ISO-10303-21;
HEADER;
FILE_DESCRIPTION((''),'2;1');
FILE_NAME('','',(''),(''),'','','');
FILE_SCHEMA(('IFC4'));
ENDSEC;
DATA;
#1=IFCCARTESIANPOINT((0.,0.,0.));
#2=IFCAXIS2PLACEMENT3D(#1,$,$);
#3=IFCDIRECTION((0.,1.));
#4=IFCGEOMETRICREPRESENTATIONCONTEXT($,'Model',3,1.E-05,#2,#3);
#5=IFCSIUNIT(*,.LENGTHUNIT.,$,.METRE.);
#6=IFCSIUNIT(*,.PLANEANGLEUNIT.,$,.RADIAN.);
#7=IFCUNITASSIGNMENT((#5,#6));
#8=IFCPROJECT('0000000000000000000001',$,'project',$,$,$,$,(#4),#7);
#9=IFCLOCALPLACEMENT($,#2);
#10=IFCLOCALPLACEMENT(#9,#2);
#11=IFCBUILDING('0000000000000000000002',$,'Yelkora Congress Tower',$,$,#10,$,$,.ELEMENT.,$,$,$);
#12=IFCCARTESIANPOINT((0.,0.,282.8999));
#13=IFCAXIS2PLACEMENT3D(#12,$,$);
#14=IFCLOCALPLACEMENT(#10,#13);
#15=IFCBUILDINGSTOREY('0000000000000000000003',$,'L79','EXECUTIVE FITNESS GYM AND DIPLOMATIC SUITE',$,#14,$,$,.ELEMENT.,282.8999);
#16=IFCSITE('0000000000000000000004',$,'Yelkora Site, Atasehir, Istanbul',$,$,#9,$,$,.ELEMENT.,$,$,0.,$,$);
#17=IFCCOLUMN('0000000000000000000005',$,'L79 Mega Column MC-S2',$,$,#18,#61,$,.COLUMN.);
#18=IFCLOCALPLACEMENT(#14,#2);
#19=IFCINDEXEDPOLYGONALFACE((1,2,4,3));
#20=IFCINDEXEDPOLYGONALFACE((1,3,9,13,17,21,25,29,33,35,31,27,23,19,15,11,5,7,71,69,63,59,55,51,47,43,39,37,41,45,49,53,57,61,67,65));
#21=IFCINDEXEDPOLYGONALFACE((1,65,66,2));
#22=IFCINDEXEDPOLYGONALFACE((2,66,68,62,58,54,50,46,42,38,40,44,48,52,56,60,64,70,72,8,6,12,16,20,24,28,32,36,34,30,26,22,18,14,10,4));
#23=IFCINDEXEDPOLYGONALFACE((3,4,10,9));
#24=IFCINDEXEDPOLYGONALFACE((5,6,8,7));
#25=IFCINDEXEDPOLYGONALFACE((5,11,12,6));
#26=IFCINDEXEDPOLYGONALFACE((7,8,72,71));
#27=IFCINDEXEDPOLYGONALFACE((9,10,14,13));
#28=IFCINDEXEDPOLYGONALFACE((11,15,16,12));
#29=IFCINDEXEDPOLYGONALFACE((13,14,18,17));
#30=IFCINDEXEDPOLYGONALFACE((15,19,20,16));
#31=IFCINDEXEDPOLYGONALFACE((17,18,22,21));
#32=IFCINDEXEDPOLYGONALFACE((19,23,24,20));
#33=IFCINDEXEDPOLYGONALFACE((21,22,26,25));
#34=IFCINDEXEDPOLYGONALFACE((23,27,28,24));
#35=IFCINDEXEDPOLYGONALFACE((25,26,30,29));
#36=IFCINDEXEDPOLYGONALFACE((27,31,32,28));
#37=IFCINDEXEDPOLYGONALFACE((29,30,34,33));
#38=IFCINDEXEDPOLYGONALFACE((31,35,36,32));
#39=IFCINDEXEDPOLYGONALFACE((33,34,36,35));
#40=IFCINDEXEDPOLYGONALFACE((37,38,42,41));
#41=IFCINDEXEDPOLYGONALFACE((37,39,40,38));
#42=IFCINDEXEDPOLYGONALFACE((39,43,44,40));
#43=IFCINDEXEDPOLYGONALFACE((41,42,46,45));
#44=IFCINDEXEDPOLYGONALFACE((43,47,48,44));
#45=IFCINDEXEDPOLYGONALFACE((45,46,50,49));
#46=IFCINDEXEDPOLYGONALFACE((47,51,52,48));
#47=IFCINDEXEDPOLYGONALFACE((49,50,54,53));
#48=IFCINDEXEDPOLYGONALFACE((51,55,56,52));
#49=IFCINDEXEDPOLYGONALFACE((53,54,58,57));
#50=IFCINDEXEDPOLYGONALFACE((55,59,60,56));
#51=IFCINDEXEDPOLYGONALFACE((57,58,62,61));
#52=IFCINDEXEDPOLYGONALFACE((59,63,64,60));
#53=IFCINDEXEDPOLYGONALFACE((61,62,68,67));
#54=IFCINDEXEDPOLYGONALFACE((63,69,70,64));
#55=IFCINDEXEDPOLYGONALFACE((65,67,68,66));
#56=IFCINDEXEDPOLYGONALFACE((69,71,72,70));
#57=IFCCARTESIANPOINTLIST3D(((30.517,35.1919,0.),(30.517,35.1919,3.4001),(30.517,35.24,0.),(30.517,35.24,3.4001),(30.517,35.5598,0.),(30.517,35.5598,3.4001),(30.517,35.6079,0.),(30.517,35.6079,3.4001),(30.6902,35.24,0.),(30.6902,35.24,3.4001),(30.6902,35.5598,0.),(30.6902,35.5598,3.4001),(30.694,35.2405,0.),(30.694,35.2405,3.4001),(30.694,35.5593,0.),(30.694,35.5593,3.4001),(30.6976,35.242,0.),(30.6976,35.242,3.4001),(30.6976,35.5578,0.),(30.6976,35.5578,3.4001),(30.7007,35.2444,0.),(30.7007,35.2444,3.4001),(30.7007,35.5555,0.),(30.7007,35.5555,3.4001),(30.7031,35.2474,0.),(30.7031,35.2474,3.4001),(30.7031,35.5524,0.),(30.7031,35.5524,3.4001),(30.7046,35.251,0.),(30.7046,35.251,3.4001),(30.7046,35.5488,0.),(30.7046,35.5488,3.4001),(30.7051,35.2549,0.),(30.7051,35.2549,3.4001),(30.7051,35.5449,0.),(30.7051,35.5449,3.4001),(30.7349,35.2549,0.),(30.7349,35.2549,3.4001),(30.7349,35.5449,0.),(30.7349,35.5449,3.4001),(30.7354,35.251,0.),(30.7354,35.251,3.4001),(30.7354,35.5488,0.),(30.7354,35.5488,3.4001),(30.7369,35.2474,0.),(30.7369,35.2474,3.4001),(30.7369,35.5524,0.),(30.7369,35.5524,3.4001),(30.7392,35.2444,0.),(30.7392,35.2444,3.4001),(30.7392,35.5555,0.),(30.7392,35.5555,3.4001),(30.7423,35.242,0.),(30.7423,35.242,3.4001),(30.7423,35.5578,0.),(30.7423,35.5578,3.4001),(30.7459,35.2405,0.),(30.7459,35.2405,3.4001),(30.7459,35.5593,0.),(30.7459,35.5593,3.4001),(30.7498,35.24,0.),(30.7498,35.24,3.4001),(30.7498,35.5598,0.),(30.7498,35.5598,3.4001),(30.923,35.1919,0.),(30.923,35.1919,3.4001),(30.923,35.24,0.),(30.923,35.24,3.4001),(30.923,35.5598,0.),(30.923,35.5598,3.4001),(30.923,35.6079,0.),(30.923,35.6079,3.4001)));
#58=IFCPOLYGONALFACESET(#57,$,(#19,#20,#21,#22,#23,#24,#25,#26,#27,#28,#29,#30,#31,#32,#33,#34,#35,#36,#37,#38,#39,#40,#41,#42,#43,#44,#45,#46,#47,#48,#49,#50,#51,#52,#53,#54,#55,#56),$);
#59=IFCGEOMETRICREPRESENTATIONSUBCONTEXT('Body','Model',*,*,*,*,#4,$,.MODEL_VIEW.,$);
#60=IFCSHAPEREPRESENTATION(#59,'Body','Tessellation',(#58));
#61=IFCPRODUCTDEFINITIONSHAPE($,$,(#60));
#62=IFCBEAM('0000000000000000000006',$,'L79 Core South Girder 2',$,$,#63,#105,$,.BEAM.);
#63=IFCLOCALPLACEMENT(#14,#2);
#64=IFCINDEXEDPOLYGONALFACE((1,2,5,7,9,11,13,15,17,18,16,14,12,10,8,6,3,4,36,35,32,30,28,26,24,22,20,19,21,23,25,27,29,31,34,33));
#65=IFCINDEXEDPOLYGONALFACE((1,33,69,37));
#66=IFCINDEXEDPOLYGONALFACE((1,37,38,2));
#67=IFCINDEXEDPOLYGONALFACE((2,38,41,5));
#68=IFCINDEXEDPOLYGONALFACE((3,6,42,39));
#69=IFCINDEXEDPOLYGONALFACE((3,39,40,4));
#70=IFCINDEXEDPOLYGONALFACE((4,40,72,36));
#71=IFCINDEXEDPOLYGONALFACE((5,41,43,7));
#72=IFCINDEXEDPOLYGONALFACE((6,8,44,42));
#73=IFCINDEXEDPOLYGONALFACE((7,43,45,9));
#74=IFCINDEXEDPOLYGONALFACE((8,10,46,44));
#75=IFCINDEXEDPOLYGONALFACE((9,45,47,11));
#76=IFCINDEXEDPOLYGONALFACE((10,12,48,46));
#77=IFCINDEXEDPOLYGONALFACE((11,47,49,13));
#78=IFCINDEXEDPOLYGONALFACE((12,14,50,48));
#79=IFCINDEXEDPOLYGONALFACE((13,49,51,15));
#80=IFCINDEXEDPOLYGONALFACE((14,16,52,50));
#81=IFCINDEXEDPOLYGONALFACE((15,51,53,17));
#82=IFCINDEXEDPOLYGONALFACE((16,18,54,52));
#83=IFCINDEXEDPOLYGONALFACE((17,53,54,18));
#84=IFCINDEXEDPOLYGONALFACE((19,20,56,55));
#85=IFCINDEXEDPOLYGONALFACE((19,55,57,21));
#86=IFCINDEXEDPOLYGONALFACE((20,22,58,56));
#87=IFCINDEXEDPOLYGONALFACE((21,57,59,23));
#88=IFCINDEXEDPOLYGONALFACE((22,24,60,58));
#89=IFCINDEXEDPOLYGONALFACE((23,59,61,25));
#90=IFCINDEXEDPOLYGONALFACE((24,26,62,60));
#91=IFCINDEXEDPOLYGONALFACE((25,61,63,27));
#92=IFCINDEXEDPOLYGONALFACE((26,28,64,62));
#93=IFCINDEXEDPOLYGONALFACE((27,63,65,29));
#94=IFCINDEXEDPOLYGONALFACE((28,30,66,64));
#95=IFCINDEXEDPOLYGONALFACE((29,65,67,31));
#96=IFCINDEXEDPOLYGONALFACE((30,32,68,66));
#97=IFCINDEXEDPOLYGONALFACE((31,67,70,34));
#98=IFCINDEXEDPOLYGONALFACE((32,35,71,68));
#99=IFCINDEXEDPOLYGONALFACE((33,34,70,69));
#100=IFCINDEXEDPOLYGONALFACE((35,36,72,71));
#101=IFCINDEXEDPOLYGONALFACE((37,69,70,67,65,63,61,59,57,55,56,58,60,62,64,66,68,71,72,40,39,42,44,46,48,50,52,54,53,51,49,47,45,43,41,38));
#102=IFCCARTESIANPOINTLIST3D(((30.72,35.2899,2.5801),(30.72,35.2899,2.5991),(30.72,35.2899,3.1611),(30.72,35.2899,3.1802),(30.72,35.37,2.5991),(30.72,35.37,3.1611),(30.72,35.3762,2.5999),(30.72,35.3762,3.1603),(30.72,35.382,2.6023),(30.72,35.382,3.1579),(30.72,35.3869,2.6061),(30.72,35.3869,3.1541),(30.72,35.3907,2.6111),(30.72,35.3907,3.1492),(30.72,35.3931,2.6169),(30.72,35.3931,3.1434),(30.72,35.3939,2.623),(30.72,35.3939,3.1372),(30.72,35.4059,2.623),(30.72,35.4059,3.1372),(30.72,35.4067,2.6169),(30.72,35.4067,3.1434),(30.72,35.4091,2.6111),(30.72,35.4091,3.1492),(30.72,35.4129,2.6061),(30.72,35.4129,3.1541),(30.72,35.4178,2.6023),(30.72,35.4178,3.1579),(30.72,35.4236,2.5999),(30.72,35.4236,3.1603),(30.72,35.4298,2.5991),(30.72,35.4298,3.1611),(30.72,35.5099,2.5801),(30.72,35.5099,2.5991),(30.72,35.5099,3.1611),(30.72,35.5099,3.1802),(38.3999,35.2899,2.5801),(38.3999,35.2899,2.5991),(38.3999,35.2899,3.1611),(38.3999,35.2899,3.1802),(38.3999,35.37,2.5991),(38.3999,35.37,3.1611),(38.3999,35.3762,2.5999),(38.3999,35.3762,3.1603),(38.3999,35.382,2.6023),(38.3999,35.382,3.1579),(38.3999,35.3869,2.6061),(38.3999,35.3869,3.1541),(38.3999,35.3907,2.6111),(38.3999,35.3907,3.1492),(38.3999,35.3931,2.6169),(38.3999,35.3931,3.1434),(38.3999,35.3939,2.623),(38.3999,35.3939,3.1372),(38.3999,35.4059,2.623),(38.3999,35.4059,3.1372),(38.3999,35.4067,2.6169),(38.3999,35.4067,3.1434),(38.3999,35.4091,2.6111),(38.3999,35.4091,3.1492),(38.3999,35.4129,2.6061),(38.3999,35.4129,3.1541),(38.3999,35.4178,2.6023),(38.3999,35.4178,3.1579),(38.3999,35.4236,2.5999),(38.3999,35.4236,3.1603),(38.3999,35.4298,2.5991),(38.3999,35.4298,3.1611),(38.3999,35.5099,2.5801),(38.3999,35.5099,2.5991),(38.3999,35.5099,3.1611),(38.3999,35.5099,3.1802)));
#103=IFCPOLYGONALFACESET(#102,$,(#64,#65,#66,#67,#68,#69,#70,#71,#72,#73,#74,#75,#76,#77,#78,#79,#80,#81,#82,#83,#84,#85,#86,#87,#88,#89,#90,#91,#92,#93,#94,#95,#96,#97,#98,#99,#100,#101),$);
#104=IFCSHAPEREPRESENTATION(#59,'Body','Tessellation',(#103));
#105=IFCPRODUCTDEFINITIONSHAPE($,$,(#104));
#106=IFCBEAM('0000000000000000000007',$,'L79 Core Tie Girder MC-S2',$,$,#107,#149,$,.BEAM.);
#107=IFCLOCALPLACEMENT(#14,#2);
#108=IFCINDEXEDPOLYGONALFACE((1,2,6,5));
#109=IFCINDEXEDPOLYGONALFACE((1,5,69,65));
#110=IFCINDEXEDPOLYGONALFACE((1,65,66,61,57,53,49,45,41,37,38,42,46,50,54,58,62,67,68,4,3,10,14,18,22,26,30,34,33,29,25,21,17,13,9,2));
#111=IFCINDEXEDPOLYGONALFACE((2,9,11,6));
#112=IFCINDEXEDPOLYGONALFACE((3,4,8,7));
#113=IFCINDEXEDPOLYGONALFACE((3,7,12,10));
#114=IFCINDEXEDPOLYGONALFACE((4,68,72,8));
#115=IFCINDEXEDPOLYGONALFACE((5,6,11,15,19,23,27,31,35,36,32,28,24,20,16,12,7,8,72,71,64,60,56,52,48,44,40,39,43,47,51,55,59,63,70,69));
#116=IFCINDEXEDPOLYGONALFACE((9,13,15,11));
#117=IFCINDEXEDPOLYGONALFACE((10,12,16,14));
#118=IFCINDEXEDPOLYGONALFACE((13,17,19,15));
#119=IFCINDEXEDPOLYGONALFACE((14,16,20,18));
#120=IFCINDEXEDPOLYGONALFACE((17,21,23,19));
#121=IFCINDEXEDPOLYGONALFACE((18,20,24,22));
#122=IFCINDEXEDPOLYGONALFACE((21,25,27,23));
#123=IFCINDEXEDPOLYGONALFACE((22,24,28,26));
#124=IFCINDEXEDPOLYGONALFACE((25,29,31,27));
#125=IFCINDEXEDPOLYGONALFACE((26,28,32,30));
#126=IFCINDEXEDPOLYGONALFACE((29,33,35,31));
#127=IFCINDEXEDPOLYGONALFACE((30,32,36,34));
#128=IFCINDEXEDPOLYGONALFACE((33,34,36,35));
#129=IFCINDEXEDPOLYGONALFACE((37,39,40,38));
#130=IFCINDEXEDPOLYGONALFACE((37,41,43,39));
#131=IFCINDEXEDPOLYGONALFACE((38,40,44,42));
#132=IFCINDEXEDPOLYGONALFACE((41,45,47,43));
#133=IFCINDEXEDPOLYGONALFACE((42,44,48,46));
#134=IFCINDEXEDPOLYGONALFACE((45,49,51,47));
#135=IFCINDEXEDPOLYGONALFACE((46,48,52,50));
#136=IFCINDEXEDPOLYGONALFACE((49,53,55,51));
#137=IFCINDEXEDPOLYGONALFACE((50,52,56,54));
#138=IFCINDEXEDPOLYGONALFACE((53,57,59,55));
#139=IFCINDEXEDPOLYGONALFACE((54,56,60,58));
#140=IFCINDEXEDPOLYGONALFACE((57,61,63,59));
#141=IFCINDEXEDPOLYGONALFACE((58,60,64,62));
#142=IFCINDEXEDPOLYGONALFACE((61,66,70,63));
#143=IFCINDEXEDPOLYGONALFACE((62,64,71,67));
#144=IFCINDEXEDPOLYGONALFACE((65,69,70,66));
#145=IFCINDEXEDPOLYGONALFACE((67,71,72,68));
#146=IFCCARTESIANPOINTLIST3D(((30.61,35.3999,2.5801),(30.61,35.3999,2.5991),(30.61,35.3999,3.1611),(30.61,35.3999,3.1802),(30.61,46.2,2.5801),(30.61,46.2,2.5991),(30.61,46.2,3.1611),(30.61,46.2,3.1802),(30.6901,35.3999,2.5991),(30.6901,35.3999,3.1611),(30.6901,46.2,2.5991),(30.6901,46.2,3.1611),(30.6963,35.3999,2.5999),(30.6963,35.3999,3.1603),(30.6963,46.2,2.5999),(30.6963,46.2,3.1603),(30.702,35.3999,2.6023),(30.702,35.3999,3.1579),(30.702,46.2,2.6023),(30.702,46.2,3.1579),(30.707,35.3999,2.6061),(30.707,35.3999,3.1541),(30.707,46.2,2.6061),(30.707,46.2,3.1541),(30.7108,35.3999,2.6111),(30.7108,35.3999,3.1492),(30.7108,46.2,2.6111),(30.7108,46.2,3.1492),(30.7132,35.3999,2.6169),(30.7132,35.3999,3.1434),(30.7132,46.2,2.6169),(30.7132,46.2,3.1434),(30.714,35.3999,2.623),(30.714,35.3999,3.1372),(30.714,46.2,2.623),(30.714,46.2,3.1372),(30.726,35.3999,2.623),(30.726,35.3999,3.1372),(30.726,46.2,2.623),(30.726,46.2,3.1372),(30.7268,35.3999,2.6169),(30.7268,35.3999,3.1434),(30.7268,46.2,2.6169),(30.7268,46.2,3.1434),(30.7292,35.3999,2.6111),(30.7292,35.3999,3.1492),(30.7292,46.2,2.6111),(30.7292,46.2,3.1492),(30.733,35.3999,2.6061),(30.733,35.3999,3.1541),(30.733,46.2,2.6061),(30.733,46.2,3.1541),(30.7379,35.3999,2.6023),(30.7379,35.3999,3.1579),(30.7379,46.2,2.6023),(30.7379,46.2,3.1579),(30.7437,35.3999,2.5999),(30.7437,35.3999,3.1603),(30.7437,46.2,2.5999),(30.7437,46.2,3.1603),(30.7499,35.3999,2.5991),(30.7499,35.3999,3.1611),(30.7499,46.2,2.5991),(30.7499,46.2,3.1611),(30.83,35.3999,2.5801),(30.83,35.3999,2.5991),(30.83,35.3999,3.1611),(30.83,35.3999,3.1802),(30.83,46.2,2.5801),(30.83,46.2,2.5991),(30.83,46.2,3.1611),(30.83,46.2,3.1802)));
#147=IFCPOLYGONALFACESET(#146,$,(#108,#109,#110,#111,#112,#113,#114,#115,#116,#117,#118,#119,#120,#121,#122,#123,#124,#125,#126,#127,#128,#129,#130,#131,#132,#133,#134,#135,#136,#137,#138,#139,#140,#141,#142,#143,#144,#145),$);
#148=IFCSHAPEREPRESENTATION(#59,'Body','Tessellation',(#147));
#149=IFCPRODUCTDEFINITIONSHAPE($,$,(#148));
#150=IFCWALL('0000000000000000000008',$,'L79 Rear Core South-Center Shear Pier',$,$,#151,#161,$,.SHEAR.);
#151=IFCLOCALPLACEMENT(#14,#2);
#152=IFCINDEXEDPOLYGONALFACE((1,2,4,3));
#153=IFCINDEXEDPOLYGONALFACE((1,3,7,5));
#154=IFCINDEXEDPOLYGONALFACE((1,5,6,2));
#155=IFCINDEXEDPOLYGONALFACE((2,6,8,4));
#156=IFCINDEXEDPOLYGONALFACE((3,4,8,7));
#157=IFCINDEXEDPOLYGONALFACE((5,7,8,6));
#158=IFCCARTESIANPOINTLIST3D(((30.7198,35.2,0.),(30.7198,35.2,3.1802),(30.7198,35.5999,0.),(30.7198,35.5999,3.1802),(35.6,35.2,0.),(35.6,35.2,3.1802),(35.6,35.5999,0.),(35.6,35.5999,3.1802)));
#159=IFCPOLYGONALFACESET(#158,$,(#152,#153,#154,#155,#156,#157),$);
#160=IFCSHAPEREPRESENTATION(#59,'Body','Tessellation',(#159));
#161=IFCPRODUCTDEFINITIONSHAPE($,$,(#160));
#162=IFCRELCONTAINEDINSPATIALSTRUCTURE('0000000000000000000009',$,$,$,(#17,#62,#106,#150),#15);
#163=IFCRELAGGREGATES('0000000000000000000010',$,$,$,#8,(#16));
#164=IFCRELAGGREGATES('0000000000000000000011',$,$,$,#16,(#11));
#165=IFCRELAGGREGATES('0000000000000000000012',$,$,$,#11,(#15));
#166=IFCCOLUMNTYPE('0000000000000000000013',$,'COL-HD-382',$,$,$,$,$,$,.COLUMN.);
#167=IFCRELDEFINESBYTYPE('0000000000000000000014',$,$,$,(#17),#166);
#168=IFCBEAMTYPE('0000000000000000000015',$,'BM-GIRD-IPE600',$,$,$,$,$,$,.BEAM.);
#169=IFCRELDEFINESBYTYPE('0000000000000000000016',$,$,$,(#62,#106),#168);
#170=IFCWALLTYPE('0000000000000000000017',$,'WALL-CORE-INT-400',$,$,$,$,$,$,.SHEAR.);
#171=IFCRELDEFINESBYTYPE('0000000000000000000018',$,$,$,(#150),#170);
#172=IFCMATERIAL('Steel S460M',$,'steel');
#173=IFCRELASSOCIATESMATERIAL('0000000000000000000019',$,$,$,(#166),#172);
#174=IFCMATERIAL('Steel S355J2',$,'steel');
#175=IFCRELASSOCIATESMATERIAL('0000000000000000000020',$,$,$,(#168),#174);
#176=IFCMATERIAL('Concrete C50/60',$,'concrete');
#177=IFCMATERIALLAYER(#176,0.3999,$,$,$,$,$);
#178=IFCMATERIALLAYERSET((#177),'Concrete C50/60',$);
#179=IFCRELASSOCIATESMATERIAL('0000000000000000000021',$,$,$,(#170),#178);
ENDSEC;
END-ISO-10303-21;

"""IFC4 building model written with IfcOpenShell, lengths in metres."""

from ifc_helpers import new_model, si_unit, direction, frame, frame_2d, origin, origin_2d, place, context, subcontext, project, spatial, rectangle, i_section, extrude, material, layer, layer_set, material_profile, profile_set, type_object, element, save


model = new_model("IFC4")

# Units and contexts
model_context = context("Model", 3, precision=1e-05, world=origin(), true_north=direction((0.0, 1.0)))
body_context = subcontext(model_context, "Body", "Model", "MODEL_VIEW")
ifc_project = project(units=[si_unit("LENGTHUNIT", "METRE"), si_unit("PLANEANGLEUNIT", "RADIAN")], contexts=[model_context])

# Site, building, storey
site_placement = place(None, origin())
site = spatial("IfcSite", under=ifc_project, at=site_placement, Name="Yelkora Site, Atasehir, Istanbul", CompositionType="ELEMENT", RefElevation=0.0)
building_placement = place(site_placement, origin())
building = spatial("IfcBuilding", under=site, at=building_placement, Name="Yelkora Congress Tower", CompositionType="ELEMENT")
storey_placement = place(building_placement, frame((0.0, 0.0, 282.8999)))
storey = spatial("IfcBuildingStorey", under=building, at=storey_placement, Name="L79", Description="EXECUTIVE FITNESS GYM AND DIPLOMATIC SUITE", CompositionType="ELEMENT", Elevation=282.8999)

# Column
ifc_material_1 = material(Name="Steel S460M", Category="steel")
ifc_material_profile_1 = material_profile(ifc_material_1, i_section(OverallWidth=0.406, OverallDepth=0.416, WebThickness=0.0298, FlangeThickness=0.0481, FilletRadius=0.0149, at=origin_2d()), Name="HD 400x382")
ifc_profile_set_1 = profile_set([ifc_material_profile_1], Name="Steel S460M")
column_type = type_object("IfcColumnType", Name="COL-HD-382", PredefinedType="COLUMN", material=ifc_profile_set_1)
column_placement = place(storey_placement, frame((30.72, 35.3999, 0.0), z_axis=(0.0, 0.0, 1.0), x_axis=(1.0, 0.0, 0.0)))
element("IfcColumn", 1, at=column_placement, inside=storey, type_object=column_type, Name="L79 Mega Column MC-S2", PredefinedType="COLUMN", context=body_context, shape_type="SweptSolid", body=[
    extrude(i_section(OverallWidth=0.406, OverallDepth=0.416, WebThickness=0.0298, FlangeThickness=0.0481, FilletRadius=0.0149, at=origin_2d()), origin(), (0.0, 0.0, 1.0), 3.4001),
])

# Beams
ifc_material_2 = material(Name="Steel S355J2", Category="steel")
ifc_material_profile_2 = material_profile(ifc_material_2, i_section(OverallWidth=0.22, OverallDepth=0.6001, WebThickness=0.012, FlangeThickness=0.019, FilletRadius=0.0239, at=origin_2d()), Name="IPE 600")
ifc_profile_set_2 = profile_set([ifc_material_profile_2], Name="Steel S355J2")
beam_type = type_object("IfcBeamType", Name="BM-GIRD-IPE600", PredefinedType="BEAM", material=ifc_profile_set_2)
beam_1_placement = place(storey_placement, frame((30.72, 35.3999, 2.8801), z_axis=(1.0, 0.0, 0.0), x_axis=(0.0, 1.0, 0.0)))
element("IfcBeam", 2, at=beam_1_placement, inside=storey, type_object=beam_type, Name="L79 Core South Girder 2", PredefinedType="BEAM", context=body_context, shape_type="SweptSolid", body=[
    extrude(i_section(OverallWidth=0.22, OverallDepth=0.6001, WebThickness=0.012, FlangeThickness=0.019, FilletRadius=0.0239, at=origin_2d()), origin(), (0.0, 0.0, 1.0), 7.6799),
])
beam_2_placement = place(storey_placement, frame((30.72, 35.3999, 2.8801), z_axis=(0.0, 1.0, 0.0), x_axis=(-1.0, 0.0, 0.0)))
element("IfcBeam", 3, at=beam_2_placement, inside=storey, type_object=beam_type, Name="L79 Core Tie Girder MC-S2", PredefinedType="BEAM", context=body_context, shape_type="SweptSolid", body=[
    extrude(i_section(OverallWidth=0.22, OverallDepth=0.6001, WebThickness=0.012, FlangeThickness=0.019, FilletRadius=0.0239, at=origin_2d()), origin(), (0.0, 0.0, 1.0), 10.8),
])

# Wall
ifc_material_3 = material(Name="Concrete C50/60", Category="concrete")
ifc_layer_1 = layer(ifc_material_3, 0.3999)
ifc_layer_set_1 = layer_set([ifc_layer_1], Name="Concrete C50/60")
wall_type_1 = type_object("IfcWallType", Name="WALL-CORE-INT-400", PredefinedType="SHEAR", material=ifc_layer_set_1)
wall_1_placement = place(storey_placement, frame((30.72, 35.3999, 0.0), z_axis=(0.0, 0.0, 1.0), x_axis=(1.0, 0.0, 0.0)))
element("IfcWall", 4, at=wall_1_placement, inside=storey, type_object=wall_type_1, Name="L79 Rear Core South-Center Shear Pier", PredefinedType="SHEAR", context=body_context, shape_type="SweptSolid", body=[
    extrude(rectangle(XDim=4.8801, YDim=0.3999, at=frame_2d((2.4399, 0.0))), origin(), (0.0, 0.0, 1.0), 3.1802),
])

save(model, "model.ifc")
